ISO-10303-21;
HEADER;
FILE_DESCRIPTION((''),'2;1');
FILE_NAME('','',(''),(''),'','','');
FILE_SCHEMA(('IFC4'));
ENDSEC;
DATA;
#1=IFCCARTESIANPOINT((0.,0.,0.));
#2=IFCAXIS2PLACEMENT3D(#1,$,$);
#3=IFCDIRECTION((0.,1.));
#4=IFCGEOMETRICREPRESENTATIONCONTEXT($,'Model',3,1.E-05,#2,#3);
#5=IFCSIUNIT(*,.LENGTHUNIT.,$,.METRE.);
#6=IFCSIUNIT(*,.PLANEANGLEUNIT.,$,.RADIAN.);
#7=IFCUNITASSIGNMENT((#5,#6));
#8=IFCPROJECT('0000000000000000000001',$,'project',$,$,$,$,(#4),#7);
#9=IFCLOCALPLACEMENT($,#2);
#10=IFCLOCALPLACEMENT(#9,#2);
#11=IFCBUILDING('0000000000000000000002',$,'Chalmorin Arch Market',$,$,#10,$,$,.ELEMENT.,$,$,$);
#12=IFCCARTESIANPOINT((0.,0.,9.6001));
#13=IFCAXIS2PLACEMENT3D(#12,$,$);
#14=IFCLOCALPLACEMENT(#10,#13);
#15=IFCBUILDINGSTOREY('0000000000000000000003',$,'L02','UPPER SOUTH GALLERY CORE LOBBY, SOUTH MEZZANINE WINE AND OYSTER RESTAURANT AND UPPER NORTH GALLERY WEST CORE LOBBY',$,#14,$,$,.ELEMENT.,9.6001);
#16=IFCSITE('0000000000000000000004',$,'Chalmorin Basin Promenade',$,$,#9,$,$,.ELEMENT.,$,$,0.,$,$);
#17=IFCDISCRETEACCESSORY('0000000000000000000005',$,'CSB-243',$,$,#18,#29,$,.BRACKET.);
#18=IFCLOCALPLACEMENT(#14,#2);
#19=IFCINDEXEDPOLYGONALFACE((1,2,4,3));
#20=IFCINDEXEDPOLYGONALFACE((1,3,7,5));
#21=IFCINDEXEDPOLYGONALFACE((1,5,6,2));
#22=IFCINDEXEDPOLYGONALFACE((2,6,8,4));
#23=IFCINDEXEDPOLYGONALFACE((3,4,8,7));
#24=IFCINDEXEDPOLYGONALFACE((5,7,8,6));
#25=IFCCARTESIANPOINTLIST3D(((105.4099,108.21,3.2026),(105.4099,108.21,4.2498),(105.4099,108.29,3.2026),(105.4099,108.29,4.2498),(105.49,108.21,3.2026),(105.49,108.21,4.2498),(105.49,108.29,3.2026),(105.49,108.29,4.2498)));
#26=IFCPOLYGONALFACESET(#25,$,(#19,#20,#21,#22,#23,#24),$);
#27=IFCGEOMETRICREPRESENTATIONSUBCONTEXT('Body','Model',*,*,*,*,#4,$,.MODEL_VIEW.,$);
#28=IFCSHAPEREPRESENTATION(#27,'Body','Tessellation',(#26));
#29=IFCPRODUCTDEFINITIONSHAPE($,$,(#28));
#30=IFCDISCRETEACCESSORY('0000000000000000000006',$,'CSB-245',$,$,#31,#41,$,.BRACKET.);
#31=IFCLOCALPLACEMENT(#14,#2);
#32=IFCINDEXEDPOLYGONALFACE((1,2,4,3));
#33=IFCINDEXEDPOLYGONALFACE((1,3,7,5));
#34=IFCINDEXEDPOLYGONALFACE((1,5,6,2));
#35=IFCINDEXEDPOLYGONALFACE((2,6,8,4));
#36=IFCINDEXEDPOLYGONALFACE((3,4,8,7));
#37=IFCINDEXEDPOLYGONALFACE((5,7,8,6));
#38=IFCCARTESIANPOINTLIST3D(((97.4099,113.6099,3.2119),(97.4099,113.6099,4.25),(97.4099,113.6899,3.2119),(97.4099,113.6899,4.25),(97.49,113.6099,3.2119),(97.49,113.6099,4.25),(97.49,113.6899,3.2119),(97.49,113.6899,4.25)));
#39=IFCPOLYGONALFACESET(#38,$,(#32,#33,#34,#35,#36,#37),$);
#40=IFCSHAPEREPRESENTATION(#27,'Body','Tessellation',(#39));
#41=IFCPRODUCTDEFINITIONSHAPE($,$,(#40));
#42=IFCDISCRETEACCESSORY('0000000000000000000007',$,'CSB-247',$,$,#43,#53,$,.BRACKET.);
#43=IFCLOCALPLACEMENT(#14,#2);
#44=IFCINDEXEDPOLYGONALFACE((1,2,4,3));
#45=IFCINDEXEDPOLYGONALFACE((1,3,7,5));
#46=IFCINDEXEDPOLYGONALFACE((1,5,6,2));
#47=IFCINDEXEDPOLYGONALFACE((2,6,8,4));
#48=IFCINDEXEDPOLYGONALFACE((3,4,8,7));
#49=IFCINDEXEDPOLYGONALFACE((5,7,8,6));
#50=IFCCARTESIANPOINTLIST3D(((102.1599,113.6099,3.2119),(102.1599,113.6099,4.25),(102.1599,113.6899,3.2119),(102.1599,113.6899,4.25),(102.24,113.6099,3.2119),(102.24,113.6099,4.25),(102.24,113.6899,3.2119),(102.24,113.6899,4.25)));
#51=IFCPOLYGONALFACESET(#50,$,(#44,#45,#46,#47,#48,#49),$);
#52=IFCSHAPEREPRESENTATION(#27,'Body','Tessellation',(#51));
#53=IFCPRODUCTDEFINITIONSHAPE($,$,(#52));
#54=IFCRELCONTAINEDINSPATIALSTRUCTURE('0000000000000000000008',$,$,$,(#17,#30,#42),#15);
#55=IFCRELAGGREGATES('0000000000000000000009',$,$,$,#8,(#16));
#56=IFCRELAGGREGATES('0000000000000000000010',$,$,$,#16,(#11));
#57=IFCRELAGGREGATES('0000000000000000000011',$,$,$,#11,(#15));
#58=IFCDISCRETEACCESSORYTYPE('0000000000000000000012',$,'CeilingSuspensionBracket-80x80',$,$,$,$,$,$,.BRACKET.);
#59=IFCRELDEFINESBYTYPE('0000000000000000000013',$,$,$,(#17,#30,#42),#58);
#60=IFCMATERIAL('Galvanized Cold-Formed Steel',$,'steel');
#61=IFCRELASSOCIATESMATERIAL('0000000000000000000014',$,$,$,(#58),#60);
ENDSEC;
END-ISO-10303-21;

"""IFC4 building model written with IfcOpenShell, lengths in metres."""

from ifc_helpers import new_model, si_unit, direction, frame, origin, origin_2d, place, context, subcontext, project, spatial, rectangle, extrude, material, type_object, element, save


model = new_model("IFC4")

# Units and contexts
model_context = context("Model", 3, precision=1e-05, world=origin(), true_north=direction((0.0, 1.0)))
body_context = subcontext(model_context, "Body", "Model", "MODEL_VIEW")
ifc_project = project(units=[si_unit("LENGTHUNIT", "METRE"), si_unit("PLANEANGLEUNIT", "RADIAN")], contexts=[model_context])

# Site, building, storey
site_placement = place(None, origin())
site = spatial("IfcSite", under=ifc_project, at=site_placement, Name="Chalmorin Basin Promenade", CompositionType="ELEMENT", RefElevation=0.0)
building_placement = place(site_placement, origin())
building = spatial("IfcBuilding", under=site, at=building_placement, Name="Chalmorin Arch Market", CompositionType="ELEMENT")
storey_placement = place(building_placement, frame((0.0, 0.0, 9.6001)))
storey = spatial("IfcBuildingStorey", under=building, at=storey_placement, Name="L02", Description="UPPER SOUTH GALLERY CORE LOBBY, SOUTH MEZZANINE WINE AND OYSTER RESTAURANT AND UPPER NORTH GALLERY WEST CORE LOBBY", CompositionType="ELEMENT", Elevation=9.6001)

# Discrete accessories
ifc_material_1 = material(Name="Galvanized Cold-Formed Steel", Category="steel")
discrete_accessory_type = type_object("IfcDiscreteAccessoryType", Name="CeilingSuspensionBracket-80x80", PredefinedType="BRACKET", material=ifc_material_1)
discrete_accessory_placement = place(storey_placement, frame((105.45, 108.25, 3.2026), z_axis=(0.0, 0.0, 1.0), x_axis=(1.0, 0.0, 0.0)))
element("IfcDiscreteAccessory", 1, at=discrete_accessory_placement, inside=storey, type_object=discrete_accessory_type, Name="CSB-243", PredefinedType="BRACKET", context=body_context, shape_type="SweptSolid", body=[
    extrude(rectangle(XDim=0.0801, YDim=0.0801, at=origin_2d()), origin(), (0.0, 0.0, 1.0), 1.0471),
])
for number, where, z_axis, x_axis, name in (
    (2, (97.45, 113.6499, 3.2119), (0.0, 0.0, 1.0), (1.0, 0.0, 0.0), "CSB-245"),
    (3, (102.2, 113.6499, 3.2119), (0.0, 0.0, 1.0), (1.0, 0.0, 0.0), "CSB-247"),
):
    element("IfcDiscreteAccessory", number, at=place(storey_placement, frame(where, z_axis=z_axis, x_axis=x_axis)), inside=storey, type_object=discrete_accessory_type, Name=name, PredefinedType="BRACKET", context=body_context, shape_type="SweptSolid", body=[
        extrude(rectangle(XDim=0.0801, YDim=0.0801, at=origin_2d()), origin(), (0.0, 0.0, 1.0), 1.0381),
    ])

save(model, "model.ifc")
